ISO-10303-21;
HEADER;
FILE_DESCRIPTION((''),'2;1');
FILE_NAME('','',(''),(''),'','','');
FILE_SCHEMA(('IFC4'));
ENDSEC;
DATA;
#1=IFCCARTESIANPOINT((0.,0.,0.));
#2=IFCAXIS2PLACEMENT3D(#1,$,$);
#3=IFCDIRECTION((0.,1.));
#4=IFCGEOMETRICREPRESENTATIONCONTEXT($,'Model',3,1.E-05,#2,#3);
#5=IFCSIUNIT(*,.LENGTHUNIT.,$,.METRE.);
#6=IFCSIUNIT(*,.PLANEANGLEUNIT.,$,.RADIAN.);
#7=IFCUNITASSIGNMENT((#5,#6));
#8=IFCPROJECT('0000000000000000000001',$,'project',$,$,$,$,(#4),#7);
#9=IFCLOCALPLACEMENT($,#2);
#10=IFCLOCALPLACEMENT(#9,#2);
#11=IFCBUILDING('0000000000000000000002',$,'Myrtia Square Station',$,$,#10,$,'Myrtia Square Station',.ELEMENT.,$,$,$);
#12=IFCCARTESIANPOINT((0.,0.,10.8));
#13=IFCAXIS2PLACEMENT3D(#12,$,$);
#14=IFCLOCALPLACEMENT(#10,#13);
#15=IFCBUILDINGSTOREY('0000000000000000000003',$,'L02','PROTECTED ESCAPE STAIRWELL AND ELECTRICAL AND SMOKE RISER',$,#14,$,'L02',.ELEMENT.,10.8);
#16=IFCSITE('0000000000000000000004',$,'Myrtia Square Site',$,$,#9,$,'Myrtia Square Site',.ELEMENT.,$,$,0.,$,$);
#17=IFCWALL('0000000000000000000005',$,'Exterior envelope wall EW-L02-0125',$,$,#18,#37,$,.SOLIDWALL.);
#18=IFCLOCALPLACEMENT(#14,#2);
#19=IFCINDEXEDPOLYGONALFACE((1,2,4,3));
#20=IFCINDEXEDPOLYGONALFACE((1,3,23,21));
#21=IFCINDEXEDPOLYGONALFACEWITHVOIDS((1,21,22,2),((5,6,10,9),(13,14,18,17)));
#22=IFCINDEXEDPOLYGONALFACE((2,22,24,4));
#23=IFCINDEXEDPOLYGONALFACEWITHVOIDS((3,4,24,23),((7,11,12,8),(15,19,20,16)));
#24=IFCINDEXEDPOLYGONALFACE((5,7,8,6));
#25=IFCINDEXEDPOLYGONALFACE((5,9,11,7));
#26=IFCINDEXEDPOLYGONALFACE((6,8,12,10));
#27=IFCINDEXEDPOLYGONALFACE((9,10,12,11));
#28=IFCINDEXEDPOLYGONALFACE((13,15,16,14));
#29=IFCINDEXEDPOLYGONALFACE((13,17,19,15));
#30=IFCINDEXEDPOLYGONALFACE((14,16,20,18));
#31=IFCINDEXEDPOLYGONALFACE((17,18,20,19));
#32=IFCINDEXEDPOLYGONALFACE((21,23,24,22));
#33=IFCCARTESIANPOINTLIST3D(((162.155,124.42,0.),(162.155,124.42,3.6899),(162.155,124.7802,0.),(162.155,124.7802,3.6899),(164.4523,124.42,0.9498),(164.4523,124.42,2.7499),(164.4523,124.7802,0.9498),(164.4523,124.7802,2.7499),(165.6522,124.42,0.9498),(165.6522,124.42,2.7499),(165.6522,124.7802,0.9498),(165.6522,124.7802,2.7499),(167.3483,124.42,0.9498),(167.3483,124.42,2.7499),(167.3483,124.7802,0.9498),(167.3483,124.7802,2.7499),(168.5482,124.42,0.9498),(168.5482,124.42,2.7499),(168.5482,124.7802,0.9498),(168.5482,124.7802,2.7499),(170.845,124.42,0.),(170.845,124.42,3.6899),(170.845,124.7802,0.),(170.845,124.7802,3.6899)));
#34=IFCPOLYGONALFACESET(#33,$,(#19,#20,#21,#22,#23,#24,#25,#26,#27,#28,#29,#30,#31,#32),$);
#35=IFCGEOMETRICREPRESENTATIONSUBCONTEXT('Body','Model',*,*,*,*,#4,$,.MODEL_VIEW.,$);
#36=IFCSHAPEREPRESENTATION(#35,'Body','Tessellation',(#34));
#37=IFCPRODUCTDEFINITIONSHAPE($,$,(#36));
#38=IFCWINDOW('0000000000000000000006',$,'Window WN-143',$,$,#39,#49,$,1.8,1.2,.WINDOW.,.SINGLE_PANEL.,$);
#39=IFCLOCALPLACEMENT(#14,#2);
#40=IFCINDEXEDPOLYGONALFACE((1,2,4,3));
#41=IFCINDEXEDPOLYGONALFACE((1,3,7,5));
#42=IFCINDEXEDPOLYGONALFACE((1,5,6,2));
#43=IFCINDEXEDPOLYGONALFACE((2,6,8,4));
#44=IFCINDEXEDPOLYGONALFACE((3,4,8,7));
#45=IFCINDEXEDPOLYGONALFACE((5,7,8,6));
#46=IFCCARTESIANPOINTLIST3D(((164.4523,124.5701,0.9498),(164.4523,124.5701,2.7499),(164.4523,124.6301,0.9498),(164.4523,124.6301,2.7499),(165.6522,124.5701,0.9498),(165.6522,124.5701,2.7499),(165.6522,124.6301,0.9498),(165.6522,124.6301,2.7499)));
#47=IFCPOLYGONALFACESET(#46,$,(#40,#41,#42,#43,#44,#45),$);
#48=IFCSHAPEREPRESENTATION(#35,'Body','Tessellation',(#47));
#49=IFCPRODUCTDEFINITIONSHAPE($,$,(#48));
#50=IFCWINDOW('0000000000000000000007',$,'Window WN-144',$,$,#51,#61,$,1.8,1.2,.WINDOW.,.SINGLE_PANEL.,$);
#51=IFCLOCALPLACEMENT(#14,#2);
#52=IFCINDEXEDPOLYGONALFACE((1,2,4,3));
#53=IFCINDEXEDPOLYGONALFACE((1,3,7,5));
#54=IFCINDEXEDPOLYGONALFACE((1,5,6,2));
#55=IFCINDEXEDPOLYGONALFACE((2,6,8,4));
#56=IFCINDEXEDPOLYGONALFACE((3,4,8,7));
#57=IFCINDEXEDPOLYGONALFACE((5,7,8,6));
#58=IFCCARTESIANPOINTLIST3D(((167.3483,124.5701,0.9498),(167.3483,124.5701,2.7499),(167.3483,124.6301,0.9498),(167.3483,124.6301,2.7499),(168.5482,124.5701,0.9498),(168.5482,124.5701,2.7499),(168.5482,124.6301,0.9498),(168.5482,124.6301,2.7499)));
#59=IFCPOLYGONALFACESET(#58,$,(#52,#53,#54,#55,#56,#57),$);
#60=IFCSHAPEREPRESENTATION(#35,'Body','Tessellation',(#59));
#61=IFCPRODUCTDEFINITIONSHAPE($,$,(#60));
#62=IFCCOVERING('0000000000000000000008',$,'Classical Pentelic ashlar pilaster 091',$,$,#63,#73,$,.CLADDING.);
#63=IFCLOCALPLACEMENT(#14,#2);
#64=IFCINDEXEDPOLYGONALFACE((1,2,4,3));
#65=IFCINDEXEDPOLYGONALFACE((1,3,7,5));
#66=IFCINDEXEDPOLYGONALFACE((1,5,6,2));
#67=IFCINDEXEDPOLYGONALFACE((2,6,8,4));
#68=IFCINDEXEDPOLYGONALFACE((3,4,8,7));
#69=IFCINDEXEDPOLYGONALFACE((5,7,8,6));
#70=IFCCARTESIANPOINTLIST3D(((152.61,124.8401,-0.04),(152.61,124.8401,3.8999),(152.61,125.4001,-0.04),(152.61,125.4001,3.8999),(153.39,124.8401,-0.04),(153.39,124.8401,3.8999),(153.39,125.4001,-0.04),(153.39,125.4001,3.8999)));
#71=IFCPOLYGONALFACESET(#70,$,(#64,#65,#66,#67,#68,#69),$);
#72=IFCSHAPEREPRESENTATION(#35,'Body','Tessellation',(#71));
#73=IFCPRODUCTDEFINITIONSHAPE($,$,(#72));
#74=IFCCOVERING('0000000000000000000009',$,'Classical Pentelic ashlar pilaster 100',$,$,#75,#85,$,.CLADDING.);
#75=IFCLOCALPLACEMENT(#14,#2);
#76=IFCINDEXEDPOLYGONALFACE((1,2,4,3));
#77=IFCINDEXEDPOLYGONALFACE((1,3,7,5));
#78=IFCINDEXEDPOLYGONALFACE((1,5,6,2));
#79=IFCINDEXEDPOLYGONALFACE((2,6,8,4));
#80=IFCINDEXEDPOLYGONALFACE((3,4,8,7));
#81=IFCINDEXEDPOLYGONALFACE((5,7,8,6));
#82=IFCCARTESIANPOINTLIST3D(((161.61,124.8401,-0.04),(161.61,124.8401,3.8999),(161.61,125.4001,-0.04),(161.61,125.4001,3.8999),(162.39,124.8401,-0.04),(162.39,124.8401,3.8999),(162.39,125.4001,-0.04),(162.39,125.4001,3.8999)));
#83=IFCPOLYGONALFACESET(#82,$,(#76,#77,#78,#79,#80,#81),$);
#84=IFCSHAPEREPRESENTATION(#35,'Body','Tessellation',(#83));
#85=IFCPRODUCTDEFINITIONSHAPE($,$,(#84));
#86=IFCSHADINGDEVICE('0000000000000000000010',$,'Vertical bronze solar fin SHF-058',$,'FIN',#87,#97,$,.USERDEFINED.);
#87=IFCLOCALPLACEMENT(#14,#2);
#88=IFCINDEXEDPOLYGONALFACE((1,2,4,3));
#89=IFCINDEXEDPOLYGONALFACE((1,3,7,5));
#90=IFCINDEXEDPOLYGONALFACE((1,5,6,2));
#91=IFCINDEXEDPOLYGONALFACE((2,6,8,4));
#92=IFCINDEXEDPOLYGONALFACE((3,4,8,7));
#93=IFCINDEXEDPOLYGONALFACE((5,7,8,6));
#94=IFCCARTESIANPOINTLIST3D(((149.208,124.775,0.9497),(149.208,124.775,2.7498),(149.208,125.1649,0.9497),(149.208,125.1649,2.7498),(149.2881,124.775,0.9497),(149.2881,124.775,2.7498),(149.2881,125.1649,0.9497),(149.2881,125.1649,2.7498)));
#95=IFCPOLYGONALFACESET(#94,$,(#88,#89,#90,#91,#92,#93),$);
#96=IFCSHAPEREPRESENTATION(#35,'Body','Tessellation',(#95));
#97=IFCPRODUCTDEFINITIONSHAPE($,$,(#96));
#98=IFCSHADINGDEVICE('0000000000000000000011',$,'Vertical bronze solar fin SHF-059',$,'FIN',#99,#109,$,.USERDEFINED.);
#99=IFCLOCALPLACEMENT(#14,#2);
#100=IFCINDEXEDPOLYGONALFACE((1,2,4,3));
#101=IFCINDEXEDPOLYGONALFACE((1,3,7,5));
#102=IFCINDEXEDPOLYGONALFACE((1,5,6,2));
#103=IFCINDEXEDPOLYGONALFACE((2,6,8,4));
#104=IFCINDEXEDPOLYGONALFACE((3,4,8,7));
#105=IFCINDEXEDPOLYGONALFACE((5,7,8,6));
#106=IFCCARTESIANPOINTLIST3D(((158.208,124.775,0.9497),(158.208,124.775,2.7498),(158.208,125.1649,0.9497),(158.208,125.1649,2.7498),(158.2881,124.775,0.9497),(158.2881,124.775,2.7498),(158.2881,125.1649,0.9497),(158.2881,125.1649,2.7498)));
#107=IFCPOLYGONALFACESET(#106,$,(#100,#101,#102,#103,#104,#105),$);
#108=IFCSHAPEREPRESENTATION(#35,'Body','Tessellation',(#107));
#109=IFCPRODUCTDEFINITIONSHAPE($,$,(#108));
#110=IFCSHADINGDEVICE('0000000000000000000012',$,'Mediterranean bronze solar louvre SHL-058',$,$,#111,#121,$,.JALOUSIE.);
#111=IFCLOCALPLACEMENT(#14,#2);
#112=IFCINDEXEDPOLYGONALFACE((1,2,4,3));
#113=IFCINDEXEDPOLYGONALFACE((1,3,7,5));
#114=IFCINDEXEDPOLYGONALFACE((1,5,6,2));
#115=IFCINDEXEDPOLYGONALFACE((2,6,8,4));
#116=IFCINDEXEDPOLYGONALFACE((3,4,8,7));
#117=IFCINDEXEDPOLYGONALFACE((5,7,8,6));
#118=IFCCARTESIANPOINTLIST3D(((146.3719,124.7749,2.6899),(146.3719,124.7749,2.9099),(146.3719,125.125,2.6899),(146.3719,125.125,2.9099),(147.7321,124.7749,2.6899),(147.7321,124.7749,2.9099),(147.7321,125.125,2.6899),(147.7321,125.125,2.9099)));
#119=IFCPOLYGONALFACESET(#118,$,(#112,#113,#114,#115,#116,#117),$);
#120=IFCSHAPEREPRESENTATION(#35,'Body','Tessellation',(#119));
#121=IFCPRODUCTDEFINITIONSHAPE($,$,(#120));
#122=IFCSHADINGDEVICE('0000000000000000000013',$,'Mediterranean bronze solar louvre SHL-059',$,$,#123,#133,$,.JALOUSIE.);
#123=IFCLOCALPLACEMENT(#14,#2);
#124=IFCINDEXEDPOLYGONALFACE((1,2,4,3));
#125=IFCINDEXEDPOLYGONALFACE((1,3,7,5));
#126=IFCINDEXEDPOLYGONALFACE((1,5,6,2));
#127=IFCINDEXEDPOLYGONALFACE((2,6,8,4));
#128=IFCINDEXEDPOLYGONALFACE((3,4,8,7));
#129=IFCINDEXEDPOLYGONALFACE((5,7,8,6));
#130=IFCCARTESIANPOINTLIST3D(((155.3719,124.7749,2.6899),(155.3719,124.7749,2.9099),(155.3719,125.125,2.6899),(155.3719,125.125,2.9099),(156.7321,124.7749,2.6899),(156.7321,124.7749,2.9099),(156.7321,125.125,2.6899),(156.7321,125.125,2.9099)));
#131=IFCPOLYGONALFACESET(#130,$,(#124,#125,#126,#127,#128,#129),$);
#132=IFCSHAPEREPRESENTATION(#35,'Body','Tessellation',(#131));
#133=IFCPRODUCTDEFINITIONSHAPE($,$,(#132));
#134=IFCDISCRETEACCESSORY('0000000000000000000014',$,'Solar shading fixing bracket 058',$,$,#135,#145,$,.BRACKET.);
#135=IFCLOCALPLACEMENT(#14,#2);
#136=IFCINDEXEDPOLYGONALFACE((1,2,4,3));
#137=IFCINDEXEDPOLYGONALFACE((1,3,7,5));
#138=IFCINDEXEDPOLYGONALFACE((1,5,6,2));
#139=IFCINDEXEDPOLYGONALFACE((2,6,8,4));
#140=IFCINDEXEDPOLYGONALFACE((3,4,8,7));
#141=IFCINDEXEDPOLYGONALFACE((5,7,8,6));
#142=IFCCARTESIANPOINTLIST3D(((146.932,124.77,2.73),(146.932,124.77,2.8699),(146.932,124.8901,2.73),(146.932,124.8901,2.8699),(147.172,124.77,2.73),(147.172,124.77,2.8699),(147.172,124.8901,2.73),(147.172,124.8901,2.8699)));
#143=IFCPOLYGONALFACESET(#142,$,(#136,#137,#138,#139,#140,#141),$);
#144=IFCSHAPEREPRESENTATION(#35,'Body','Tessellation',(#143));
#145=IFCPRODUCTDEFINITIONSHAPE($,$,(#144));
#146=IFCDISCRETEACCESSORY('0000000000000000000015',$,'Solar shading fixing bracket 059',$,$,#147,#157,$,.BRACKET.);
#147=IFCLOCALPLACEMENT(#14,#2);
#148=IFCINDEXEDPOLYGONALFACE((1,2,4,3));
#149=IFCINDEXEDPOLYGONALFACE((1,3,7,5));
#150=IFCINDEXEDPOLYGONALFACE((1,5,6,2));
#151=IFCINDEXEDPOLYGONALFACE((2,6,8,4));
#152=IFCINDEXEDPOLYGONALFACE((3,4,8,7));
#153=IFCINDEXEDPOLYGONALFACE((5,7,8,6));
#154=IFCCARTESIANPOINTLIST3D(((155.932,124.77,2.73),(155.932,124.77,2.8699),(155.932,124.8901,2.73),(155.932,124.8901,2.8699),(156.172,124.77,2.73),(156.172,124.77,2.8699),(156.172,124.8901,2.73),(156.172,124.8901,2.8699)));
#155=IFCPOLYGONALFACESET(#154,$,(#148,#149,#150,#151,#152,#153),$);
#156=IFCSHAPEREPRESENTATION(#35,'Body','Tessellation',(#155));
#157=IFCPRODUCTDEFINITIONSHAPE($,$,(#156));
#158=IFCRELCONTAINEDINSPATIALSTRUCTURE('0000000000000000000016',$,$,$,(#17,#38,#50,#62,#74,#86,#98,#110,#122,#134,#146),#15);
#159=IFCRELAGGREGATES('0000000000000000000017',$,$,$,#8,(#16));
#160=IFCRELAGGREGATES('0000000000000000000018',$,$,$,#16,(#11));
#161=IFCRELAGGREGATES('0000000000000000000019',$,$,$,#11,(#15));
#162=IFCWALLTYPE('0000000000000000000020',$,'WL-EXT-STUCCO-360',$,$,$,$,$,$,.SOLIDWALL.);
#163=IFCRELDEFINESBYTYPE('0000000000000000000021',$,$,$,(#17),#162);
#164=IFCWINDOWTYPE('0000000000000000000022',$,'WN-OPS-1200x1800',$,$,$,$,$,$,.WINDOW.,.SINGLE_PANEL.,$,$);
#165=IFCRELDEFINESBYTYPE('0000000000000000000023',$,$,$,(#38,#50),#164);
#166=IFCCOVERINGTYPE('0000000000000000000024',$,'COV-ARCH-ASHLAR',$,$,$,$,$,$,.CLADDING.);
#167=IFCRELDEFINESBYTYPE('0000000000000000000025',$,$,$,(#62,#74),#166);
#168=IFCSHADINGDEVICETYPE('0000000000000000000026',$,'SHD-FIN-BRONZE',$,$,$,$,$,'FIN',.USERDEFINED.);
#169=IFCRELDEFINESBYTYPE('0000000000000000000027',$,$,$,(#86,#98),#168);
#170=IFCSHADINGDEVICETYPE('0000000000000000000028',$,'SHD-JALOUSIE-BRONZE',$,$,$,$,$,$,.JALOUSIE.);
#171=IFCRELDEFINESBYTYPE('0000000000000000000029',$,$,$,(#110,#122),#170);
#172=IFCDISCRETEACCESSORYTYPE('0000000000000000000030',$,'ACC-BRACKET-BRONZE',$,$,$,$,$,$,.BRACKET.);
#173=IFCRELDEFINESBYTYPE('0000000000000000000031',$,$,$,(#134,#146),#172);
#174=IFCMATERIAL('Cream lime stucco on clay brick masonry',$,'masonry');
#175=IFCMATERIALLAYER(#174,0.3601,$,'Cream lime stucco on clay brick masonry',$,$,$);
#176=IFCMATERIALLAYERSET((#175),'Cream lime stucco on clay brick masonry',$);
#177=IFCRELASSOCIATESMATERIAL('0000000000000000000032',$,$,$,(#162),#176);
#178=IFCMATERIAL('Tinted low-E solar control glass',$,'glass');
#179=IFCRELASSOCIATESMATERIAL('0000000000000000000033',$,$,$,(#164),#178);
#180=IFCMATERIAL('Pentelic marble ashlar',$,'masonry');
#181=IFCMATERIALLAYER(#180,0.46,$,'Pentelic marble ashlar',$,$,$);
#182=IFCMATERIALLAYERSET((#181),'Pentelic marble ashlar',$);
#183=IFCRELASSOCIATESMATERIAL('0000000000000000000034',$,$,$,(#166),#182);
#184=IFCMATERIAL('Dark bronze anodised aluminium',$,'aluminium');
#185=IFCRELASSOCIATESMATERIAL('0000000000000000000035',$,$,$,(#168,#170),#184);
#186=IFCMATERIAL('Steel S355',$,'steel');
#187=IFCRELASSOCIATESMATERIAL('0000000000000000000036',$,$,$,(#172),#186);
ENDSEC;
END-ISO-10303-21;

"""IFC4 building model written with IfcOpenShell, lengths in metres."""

from ifc_helpers import new_model, si_unit, direction, frame, frame_2d, origin, origin_2d, place, context, subcontext, project, spatial, rectangle, extrude, material, layer, layer_set, type_object, element, fill, save


model = new_model("IFC4")

# Units and contexts
model_context = context("Model", 3, precision=1e-05, world=origin(), true_north=direction((0.0, 1.0)))
body_context = subcontext(model_context, "Body", "Model", "MODEL_VIEW")
ifc_project = project(units=[si_unit("LENGTHUNIT", "METRE"), si_unit("PLANEANGLEUNIT", "RADIAN")], contexts=[model_context])

# Site, building, storey
site_placement = place(None, origin())
site = spatial("IfcSite", under=ifc_project, at=site_placement, Name="Myrtia Square Site", LongName="Myrtia Square Site", CompositionType="ELEMENT", RefElevation=0.0)
building_placement = place(site_placement, origin())
building = spatial("IfcBuilding", under=site, at=building_placement, Name="Myrtia Square Station", LongName="Myrtia Square Station", CompositionType="ELEMENT")
storey_placement = place(building_placement, frame((0.0, 0.0, 10.8)))
storey = spatial("IfcBuildingStorey", under=building, at=storey_placement, Name="L02", Description="PROTECTED ESCAPE STAIRWELL AND ELECTRICAL AND SMOKE RISER", LongName="L02", CompositionType="ELEMENT", Elevation=10.8)

# Shared definitions
ifc_material_1 = material(Name="Steel S355", Category="steel")

# Wall, openings, windows
ifc_material_2 = material(Name="Cream lime stucco on clay brick masonry", Category="masonry")
ifc_layer_1 = layer(ifc_material_2, 0.3601, Name="Cream lime stucco on clay brick masonry")
ifc_layer_set_1 = layer_set([ifc_layer_1], Name="Cream lime stucco on clay brick masonry")
wall_type = type_object("IfcWallType", Name="WL-EXT-STUCCO-360", PredefinedType="SOLIDWALL", material=ifc_layer_set_1)
ifc_material_3 = material(Name="Tinted low-E solar control glass", Category="glass")
window_type = type_object("IfcWindowType", Name="WN-OPS-1200x1800", PartitioningType="SINGLE_PANEL", PredefinedType="WINDOW", material=ifc_material_3)
wall_1_placement = place(storey_placement, frame((162.155, 124.6001, 0.0), z_axis=(0.0, 0.0, 1.0), x_axis=(1.0, 0.0, 0.0)))
wall_1 = element("IfcWall", 1, at=wall_1_placement, inside=storey, type_object=wall_type, Name="Exterior envelope wall EW-L02-0125", PredefinedType="SOLIDWALL", context=body_context, shape_type="SweptSolid", body=[
    extrude(rectangle(XDim=8.6899, YDim=0.3601, at=frame_2d((4.345, 0.0))), origin(), (0.0, 0.0, 1.0), 3.6899),
])
opening_1_placement = place(wall_1_placement, frame((2.2971, 0.0, 0.95)))
opening_1 = element("IfcOpeningElement", 2, at=opening_1_placement, cuts=wall_1, PredefinedType="OPENING", context=body_context, shape_type="SweptSolid", body=[
    extrude(rectangle(XDim=1.2, YDim=1.8, at=frame_2d((0.6001, 0.8999))), frame((0.0, 0.1951, 0.0), z_axis=(0.0, -1.0, 0.0), x_axis=(1.0, 0.0, 0.0)), (0.0, 0.0, 1.0), 0.3901),
])
opening_2_placement = place(wall_1_placement, frame((5.1931, 0.0, 0.95)))
opening_2 = element("IfcOpeningElement", 3, at=opening_2_placement, cuts=wall_1, PredefinedType="OPENING", context=body_context, shape_type="SweptSolid", body=[
    extrude(rectangle(XDim=1.2, YDim=1.8, at=frame_2d((0.6001, 0.8999))), frame((0.0, 0.1951, 0.0), z_axis=(0.0, -1.0, 0.0), x_axis=(1.0, 0.0, 0.0)), (0.0, 0.0, 1.0), 0.3901),
])
window_1_placement = place(opening_1_placement, origin())
window_1 = element("IfcWindow", 4, at=window_1_placement, inside=storey, type_object=window_type, Name="Window WN-143", OverallHeight=1.8, OverallWidth=1.2, PartitioningType="SINGLE_PANEL", PredefinedType="WINDOW", context=body_context, shape_type="SweptSolid", body=[
    extrude(rectangle(XDim=1.2, YDim=1.8, at=frame_2d((0.6001, 0.8999))), frame((0.0, 0.03, 0.0), z_axis=(0.0, -1.0, 0.0), x_axis=(1.0, 0.0, 0.0)), (0.0, 0.0, 1.0), 0.0601),
])
fill(opening_1, window_1)
window_2_placement = place(opening_2_placement, origin())
window_2 = element("IfcWindow", 5, at=window_2_placement, inside=storey, type_object=window_type, Name="Window WN-144", OverallHeight=1.8, OverallWidth=1.2, PartitioningType="SINGLE_PANEL", PredefinedType="WINDOW", context=body_context, shape_type="SweptSolid", body=[
    extrude(rectangle(XDim=1.2, YDim=1.8, at=frame_2d((0.6001, 0.8999))), frame((0.0, 0.03, 0.0), z_axis=(0.0, -1.0, 0.0), x_axis=(1.0, 0.0, 0.0)), (0.0, 0.0, 1.0), 0.0601),
])
fill(opening_2, window_2)

# Coverings
ifc_material_4 = material(Name="Pentelic marble ashlar", Category="masonry")
ifc_layer_2 = layer(ifc_material_4, 0.46, Name="Pentelic marble ashlar")
ifc_layer_set_2 = layer_set([ifc_layer_2], Name="Pentelic marble ashlar")
covering_type = type_object("IfcCoveringType", Name="COV-ARCH-ASHLAR", PredefinedType="CLADDING", material=ifc_layer_set_2)
for number, where, z_axis, x_axis, name in (
    (6, (153.0, 125.1201, -0.04), (0.0, 0.0, 1.0), (1.0, 0.0, 0.0), "Classical Pentelic ashlar pilaster 091"),
    (7, (162.0, 125.1201, -0.04), (0.0, 0.0, 1.0), (1.0, 0.0, 0.0), "Classical Pentelic ashlar pilaster 100"),
):
    element("IfcCovering", number, at=place(storey_placement, frame(where, z_axis=z_axis, x_axis=x_axis)), inside=storey, type_object=covering_type, Name=name, PredefinedType="CLADDING", context=body_context, shape_type="SweptSolid", body=[
        extrude(rectangle(XDim=0.78, YDim=0.5601, at=origin_2d()), origin(), (0.0, 0.0, 1.0), 3.9399),
    ])

# Shading devices
ifc_material_5 = material(Name="Dark bronze anodised aluminium", Category="aluminium")
shading_device_type_1 = type_object("IfcShadingDeviceType", Name="SHD-FIN-BRONZE", ElementType="FIN", PredefinedType="USERDEFINED", material=ifc_material_5)
for number, where, z_axis, x_axis, name in (
    (8, (149.248, 124.97, 0.9497), (0.0, 0.0, 1.0), (1.0, 0.0, 0.0), "Vertical bronze solar fin SHF-058"),
    (9, (158.248, 124.97, 0.9497), (0.0, 0.0, 1.0), (1.0, 0.0, 0.0), "Vertical bronze solar fin SHF-059"),
):
    element("IfcShadingDevice", number, at=place(storey_placement, frame(where, z_axis=z_axis, x_axis=x_axis)), inside=storey, type_object=shading_device_type_1, Name=name, ObjectType="FIN", PredefinedType="USERDEFINED", context=body_context, shape_type="SweptSolid", body=[
        extrude(rectangle(XDim=0.0801, YDim=0.3899, at=origin_2d()), origin(), (0.0, 0.0, 1.0), 1.8),
    ])
shading_device_type_2 = type_object("IfcShadingDeviceType", Name="SHD-JALOUSIE-BRONZE", PredefinedType="JALOUSIE", material=ifc_material_5)
for number, where, z_axis, x_axis, name in (
    (10, (147.052, 124.95, 2.6899), (0.0, 0.0, 1.0), (1.0, 0.0, 0.0), "Mediterranean bronze solar louvre SHL-058"),
    (11, (156.052, 124.95, 2.6899), (0.0, 0.0, 1.0), (1.0, 0.0, 0.0), "Mediterranean bronze solar louvre SHL-059"),
):
    element("IfcShadingDevice", number, at=place(storey_placement, frame(where, z_axis=z_axis, x_axis=x_axis)), inside=storey, type_object=shading_device_type_2, Name=name, PredefinedType="JALOUSIE", context=body_context, shape_type="SweptSolid", body=[
        extrude(rectangle(XDim=1.3601, YDim=0.3501, at=origin_2d()), origin(), (0.0, 0.0, 1.0), 0.22),
    ])

# Discrete accessories
discrete_accessory_type = type_object("IfcDiscreteAccessoryType", Name="ACC-BRACKET-BRONZE", PredefinedType="BRACKET", material=ifc_material_1)
for number, where, z_axis, x_axis, name in (
    (12, (147.052, 124.8301, 2.73), (0.0, 0.0, 1.0), (1.0, 0.0, 0.0), "Solar shading fixing bracket 058"),
    (13, (156.052, 124.8301, 2.73), (0.0, 0.0, 1.0), (1.0, 0.0, 0.0), "Solar shading fixing bracket 059"),
):
    element("IfcDiscreteAccessory", number, at=place(storey_placement, frame(where, z_axis=z_axis, x_axis=x_axis)), inside=storey, type_object=discrete_accessory_type, Name=name, PredefinedType="BRACKET", context=body_context, shape_type="SweptSolid", body=[
        extrude(rectangle(XDim=0.24, YDim=0.1201, at=origin_2d()), origin(), (0.0, 0.0, 1.0), 0.1399),
    ])

save(model, "model.ifc")
